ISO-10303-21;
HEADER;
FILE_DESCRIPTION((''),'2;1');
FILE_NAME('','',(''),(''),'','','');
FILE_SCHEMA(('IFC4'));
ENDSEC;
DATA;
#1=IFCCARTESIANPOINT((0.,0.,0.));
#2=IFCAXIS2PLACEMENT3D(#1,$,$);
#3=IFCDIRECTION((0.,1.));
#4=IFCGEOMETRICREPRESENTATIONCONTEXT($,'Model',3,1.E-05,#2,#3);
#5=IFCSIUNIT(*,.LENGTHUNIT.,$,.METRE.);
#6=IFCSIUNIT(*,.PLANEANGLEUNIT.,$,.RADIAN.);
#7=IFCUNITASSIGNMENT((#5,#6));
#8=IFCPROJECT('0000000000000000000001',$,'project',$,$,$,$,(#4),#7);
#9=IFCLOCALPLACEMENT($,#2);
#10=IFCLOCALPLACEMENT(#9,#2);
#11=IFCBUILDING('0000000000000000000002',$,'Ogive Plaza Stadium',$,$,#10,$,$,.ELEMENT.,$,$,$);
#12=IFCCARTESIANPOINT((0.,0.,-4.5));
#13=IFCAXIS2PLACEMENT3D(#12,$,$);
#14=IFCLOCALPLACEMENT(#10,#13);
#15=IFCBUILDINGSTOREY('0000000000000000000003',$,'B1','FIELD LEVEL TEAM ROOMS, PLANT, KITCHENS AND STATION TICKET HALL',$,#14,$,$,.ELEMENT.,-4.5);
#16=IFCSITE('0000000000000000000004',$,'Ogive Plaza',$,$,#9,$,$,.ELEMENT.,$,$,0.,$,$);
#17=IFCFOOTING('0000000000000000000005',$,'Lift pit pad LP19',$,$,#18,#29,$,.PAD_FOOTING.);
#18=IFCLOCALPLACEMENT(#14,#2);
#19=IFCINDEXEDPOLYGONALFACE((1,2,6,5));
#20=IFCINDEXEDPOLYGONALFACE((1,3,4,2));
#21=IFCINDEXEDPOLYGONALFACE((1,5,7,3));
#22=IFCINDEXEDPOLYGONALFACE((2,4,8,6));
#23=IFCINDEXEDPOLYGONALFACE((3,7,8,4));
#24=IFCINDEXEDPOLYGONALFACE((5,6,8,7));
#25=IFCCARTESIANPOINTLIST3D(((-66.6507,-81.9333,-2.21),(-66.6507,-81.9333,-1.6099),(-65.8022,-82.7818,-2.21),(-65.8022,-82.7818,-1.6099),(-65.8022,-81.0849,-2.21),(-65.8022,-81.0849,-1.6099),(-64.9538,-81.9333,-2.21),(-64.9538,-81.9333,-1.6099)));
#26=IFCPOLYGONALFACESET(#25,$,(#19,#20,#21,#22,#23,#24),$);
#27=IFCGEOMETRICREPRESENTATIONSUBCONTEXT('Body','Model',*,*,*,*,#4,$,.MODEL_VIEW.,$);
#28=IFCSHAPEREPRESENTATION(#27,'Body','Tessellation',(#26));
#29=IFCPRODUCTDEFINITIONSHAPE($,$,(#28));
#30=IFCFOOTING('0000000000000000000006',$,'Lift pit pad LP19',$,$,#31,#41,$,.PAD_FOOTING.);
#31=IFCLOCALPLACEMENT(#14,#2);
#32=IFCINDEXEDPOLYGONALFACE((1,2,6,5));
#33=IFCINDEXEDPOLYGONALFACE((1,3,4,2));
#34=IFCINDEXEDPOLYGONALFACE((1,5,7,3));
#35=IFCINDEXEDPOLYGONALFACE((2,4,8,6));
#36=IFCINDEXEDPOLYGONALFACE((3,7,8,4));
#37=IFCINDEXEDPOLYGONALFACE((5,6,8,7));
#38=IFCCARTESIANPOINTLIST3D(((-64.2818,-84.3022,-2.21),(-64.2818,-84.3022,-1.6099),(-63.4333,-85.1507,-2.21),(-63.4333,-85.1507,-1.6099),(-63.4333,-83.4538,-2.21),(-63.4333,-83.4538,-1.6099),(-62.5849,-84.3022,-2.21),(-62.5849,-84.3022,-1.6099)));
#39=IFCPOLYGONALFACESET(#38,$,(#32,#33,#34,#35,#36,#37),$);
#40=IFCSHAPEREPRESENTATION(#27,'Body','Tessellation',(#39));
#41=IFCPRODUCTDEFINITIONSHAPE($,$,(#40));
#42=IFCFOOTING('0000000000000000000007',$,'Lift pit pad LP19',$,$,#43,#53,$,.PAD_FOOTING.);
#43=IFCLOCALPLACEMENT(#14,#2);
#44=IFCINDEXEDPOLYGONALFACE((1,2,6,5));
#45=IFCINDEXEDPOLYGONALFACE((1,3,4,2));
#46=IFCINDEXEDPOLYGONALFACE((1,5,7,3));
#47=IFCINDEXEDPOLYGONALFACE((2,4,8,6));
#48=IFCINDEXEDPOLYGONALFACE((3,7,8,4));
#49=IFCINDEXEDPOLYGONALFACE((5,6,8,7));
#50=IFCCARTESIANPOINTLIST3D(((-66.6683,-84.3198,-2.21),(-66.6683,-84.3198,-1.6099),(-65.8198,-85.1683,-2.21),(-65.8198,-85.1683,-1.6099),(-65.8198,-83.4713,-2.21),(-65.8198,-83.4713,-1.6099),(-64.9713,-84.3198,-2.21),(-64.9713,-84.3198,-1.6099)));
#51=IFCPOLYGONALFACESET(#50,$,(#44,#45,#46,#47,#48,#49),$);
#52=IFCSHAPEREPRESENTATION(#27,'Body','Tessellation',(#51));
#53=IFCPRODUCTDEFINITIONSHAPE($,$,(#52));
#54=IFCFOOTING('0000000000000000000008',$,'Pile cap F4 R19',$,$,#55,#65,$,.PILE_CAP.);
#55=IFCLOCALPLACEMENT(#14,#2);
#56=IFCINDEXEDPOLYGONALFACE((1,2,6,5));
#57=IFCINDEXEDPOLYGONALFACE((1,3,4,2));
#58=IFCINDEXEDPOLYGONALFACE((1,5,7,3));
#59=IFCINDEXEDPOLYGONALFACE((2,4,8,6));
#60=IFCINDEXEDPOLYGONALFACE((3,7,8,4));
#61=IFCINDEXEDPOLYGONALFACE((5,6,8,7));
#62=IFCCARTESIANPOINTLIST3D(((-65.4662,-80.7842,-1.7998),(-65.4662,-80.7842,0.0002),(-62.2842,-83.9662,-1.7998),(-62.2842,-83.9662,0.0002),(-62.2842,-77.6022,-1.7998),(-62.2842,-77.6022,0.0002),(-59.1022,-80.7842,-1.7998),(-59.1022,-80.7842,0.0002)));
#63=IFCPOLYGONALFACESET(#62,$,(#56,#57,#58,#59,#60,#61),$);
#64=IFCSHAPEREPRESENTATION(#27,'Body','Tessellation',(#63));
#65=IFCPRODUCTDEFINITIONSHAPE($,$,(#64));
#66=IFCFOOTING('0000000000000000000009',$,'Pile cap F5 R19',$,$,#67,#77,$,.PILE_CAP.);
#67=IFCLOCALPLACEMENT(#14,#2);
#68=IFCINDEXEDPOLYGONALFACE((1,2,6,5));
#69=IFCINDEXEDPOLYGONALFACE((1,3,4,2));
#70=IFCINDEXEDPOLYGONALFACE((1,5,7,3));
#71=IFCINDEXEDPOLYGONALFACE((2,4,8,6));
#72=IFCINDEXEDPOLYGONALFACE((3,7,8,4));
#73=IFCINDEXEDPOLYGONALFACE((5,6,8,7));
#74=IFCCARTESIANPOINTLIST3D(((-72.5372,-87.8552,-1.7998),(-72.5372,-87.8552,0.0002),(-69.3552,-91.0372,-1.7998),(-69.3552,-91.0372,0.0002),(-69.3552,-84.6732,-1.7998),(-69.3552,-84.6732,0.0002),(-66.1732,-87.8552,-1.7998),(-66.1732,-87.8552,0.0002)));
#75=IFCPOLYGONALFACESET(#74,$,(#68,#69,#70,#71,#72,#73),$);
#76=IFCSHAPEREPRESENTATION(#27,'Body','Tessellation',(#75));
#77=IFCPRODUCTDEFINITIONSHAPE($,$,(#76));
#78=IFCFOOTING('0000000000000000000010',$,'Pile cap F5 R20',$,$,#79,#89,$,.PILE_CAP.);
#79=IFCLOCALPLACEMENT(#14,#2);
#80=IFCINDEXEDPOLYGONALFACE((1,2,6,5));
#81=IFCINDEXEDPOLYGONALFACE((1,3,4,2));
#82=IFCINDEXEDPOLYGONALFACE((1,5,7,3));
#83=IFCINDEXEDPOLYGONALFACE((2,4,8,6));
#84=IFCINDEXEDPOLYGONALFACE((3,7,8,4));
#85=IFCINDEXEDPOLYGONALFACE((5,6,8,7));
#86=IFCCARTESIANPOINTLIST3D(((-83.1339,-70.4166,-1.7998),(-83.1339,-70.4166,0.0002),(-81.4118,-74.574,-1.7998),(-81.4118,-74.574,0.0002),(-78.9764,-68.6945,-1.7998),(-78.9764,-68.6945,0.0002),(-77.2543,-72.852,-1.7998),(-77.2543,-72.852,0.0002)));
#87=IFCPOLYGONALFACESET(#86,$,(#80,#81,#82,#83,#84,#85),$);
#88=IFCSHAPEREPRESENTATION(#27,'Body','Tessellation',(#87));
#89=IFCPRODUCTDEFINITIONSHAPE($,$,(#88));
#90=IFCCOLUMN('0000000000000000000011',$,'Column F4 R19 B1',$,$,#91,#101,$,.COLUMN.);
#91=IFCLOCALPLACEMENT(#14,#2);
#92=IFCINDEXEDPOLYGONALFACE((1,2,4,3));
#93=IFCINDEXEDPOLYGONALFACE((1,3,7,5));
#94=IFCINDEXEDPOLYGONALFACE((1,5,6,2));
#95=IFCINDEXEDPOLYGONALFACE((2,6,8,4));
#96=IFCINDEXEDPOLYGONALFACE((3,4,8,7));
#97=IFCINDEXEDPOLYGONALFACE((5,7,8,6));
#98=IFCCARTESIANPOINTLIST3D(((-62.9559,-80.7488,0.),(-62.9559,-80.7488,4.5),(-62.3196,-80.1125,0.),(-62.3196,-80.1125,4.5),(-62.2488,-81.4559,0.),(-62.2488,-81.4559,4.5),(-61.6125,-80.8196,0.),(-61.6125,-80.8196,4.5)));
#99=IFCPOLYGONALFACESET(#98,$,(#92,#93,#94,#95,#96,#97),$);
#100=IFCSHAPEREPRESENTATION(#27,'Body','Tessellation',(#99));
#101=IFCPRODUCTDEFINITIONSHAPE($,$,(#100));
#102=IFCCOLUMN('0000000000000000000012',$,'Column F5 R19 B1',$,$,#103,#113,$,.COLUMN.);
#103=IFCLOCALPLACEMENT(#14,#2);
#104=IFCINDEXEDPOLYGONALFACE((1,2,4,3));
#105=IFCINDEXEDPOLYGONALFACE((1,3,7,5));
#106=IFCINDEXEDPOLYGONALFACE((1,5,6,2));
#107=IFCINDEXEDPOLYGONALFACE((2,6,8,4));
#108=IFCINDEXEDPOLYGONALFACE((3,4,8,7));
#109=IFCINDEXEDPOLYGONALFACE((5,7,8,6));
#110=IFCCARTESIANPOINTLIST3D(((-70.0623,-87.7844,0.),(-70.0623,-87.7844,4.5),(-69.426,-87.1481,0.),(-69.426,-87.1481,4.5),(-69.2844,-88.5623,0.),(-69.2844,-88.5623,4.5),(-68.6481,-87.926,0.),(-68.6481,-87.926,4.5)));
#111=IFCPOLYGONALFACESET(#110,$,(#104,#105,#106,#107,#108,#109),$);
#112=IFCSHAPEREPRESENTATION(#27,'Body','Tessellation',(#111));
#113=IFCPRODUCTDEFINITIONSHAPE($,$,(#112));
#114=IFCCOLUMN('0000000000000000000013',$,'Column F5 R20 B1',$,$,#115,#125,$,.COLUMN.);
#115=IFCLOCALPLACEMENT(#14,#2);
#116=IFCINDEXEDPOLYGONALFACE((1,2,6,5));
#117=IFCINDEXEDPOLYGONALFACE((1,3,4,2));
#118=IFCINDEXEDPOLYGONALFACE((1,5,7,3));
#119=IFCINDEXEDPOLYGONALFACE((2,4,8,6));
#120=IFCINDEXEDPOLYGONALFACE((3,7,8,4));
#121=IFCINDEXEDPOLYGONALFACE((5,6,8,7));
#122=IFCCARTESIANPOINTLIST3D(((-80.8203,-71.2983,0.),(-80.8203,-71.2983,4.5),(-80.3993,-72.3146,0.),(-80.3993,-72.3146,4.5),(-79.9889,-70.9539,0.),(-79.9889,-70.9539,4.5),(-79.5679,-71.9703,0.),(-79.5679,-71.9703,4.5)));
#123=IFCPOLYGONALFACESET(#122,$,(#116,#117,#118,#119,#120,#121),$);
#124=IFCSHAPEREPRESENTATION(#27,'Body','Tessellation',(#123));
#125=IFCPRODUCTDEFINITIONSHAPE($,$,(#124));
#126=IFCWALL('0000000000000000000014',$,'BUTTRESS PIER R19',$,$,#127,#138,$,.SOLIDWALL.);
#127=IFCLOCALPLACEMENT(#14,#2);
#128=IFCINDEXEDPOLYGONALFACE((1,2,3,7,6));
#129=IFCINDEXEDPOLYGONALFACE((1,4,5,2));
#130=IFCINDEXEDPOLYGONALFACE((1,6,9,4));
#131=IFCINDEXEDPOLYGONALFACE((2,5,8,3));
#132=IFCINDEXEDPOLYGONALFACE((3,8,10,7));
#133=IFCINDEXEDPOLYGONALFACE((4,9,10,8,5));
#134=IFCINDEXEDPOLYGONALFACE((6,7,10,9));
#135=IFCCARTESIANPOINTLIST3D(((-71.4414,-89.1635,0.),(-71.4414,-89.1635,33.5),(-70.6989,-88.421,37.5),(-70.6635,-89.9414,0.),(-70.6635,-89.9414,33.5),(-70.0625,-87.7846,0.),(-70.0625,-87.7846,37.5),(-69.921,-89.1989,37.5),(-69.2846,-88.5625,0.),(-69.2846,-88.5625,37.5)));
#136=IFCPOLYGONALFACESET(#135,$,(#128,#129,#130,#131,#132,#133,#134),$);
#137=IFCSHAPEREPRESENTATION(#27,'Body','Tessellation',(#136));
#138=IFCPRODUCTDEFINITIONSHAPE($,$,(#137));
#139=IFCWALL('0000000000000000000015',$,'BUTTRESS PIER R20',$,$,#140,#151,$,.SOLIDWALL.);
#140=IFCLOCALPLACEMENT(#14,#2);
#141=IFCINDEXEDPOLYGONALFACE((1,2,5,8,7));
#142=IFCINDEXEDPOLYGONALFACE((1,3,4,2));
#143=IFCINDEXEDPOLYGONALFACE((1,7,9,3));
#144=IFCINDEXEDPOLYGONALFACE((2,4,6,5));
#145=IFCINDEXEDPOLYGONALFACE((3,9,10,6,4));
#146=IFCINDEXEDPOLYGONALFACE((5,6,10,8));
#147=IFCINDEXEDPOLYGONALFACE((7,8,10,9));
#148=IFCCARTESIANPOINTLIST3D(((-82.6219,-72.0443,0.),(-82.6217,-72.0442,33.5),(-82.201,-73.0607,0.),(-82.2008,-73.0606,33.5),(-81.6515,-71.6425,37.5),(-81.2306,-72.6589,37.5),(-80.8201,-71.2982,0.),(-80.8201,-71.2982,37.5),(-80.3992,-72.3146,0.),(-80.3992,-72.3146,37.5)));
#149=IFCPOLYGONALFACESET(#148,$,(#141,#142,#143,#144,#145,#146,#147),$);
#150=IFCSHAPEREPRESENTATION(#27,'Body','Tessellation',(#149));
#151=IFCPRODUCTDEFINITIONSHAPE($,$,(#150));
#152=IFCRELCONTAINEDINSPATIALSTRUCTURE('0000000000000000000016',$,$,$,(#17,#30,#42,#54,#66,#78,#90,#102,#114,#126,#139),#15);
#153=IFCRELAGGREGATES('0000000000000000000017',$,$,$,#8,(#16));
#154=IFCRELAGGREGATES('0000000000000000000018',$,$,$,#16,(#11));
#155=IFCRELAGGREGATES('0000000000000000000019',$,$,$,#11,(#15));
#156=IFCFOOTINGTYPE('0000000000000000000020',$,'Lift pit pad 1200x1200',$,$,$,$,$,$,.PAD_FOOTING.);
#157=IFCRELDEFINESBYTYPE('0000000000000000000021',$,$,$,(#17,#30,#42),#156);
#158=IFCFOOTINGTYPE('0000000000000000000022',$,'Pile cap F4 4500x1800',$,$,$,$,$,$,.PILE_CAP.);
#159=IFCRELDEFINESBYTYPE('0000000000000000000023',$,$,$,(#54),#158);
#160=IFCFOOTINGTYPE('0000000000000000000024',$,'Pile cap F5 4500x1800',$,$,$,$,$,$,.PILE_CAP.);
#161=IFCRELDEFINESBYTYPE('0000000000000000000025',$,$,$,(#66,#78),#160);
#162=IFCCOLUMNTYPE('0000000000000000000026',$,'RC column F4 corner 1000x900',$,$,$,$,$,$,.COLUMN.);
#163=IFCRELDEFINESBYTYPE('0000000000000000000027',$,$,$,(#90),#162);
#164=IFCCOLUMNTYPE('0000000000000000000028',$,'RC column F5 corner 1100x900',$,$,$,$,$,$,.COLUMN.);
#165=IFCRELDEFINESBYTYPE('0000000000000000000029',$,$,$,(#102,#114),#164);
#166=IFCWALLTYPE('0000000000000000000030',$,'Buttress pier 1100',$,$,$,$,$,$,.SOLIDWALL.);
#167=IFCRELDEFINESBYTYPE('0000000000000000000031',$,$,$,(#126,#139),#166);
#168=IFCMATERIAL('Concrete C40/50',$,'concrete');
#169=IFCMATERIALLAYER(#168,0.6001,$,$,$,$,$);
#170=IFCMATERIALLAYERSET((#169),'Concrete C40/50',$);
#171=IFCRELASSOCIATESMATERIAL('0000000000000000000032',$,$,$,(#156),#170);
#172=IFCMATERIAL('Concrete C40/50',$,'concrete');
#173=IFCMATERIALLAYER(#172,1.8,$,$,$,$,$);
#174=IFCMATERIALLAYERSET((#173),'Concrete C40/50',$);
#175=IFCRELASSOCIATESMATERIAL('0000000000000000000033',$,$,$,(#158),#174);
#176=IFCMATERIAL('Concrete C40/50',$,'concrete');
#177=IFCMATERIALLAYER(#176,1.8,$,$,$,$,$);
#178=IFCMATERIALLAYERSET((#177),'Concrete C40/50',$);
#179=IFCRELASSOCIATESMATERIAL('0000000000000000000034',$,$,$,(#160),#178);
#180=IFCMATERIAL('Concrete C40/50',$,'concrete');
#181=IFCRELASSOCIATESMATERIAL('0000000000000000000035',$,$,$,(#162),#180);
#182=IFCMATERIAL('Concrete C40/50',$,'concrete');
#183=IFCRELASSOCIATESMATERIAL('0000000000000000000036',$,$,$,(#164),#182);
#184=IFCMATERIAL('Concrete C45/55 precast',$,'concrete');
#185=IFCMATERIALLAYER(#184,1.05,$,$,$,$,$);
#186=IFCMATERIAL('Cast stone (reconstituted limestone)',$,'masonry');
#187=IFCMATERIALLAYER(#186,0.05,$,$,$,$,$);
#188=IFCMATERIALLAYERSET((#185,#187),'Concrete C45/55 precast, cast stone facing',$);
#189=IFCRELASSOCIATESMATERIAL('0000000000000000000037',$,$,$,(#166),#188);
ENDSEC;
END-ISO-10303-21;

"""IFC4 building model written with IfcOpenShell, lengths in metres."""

from ifc_helpers import new_model, si_unit, direction, frame, origin, origin_2d, place, context, subcontext, project, spatial, polyline, rectangle, outline, extrude, material, layer, layer_set, material_profile, profile_set, type_object, element, save


model = new_model("IFC4")

# Units and contexts
model_context = context("Model", 3, precision=1e-05, world=origin(), true_north=direction((0.0, 1.0)))
body_context = subcontext(model_context, "Body", "Model", "MODEL_VIEW")
ifc_project = project(units=[si_unit("LENGTHUNIT", "METRE"), si_unit("PLANEANGLEUNIT", "RADIAN")], contexts=[model_context])

# Site, building, storey
site_placement = place(None, origin())
site = spatial("IfcSite", under=ifc_project, at=site_placement, Name="Ogive Plaza", CompositionType="ELEMENT", RefElevation=0.0)
building_placement = place(site_placement, origin())
building = spatial("IfcBuilding", under=site, at=building_placement, Name="Ogive Plaza Stadium", CompositionType="ELEMENT")
storey_placement = place(building_placement, frame((0.0, 0.0, -4.5)))
storey = spatial("IfcBuildingStorey", under=building, at=storey_placement, Name="B1", Description="FIELD LEVEL TEAM ROOMS, PLANT, KITCHENS AND STATION TICKET HALL", CompositionType="ELEMENT", Elevation=-4.5)

# Footings
ifc_material_1 = material(Name="Concrete C40/50", Category="concrete")
ifc_layer_1 = layer(ifc_material_1, 0.6001)
ifc_layer_set_1 = layer_set([ifc_layer_1], Name="Concrete C40/50")
footing_type_1 = type_object("IfcFootingType", Name="Lift pit pad 1200x1200", PredefinedType="PAD_FOOTING", material=ifc_layer_set_1)
for number, where, z_axis, x_axis, name in (
    (1, (-65.8022, -81.9333, -2.21), (0.0, 0.0, 1.0), (-0.707107, -0.707107, 0.0), "Lift pit pad LP19"),
    (2, (-63.4333, -84.3022, -2.21), (0.0, 0.0, 1.0), (-0.707107, -0.707107, 0.0), "Lift pit pad LP19"),
    (3, (-65.8198, -84.3198, -2.21), (0.0, 0.0, 1.0), (-0.707107, -0.707107, 0.0), "Lift pit pad LP19"),
):
    element("IfcFooting", number, at=place(storey_placement, frame(where, z_axis=z_axis, x_axis=x_axis)), inside=storey, type_object=footing_type_1, Name=name, PredefinedType="PAD_FOOTING", context=body_context, shape_type="SweptSolid", body=[
        extrude(rectangle(XDim=1.2, YDim=1.2, at=origin_2d()), origin(), (0.0, 0.0, 1.0), 0.6001),
    ])
ifc_material_2 = material(Name="Concrete C40/50", Category="concrete")
ifc_layer_2 = layer(ifc_material_2, 1.8)
ifc_layer_set_2 = layer_set([ifc_layer_2], Name="Concrete C40/50")
footing_type_2 = type_object("IfcFootingType", Name="Pile cap F4 4500x1800", PredefinedType="PILE_CAP", material=ifc_layer_set_2)
footing_placement = place(storey_placement, frame((-62.2842, -80.7842, -1.7998), z_axis=(0.0, 0.0, 1.0), x_axis=(-0.707107, -0.707107, 0.0)))
element("IfcFooting", 4, at=footing_placement, inside=storey, type_object=footing_type_2, Name="Pile cap F4 R19", PredefinedType="PILE_CAP", context=body_context, shape_type="SweptSolid", body=[
    extrude(rectangle(XDim=4.5, YDim=4.5, at=origin_2d()), origin(), (0.0, 0.0, 1.0), 1.8),
])
ifc_material_3 = material(Name="Concrete C40/50", Category="concrete")
ifc_layer_3 = layer(ifc_material_3, 1.8)
ifc_layer_set_3 = layer_set([ifc_layer_3], Name="Concrete C40/50")
footing_type_3 = type_object("IfcFootingType", Name="Pile cap F5 4500x1800", PredefinedType="PILE_CAP", material=ifc_layer_set_3)
for number, where, z_axis, x_axis, name in (
    (5, (-69.3552, -87.8552, -1.7998), (0.0, 0.0, 1.0), (-0.707107, -0.707107, 0.0), "Pile cap F5 R19"),
    (6, (-80.1941, -71.6343, -1.7998), (0.0, 0.0, 1.0), (-0.92388, -0.382683, 0.0), "Pile cap F5 R20"),
):
    element("IfcFooting", number, at=place(storey_placement, frame(where, z_axis=z_axis, x_axis=x_axis)), inside=storey, type_object=footing_type_3, Name=name, PredefinedType="PILE_CAP", context=body_context, shape_type="SweptSolid", body=[
        extrude(rectangle(XDim=4.5, YDim=4.5, at=origin_2d()), origin(), (0.0, 0.0, 1.0), 1.8),
    ])

# Columns
ifc_material_4 = material(Name="Concrete C40/50", Category="concrete")
ifc_material_profile_1 = material_profile(ifc_material_4, rectangle(XDim=1.0, YDim=0.8999, at=origin_2d()), Name="RC 1000x900")
ifc_profile_set_1 = profile_set([ifc_material_profile_1], Name="Concrete C40/50")
column_type_1 = type_object("IfcColumnType", Name="RC column F4 corner 1000x900", PredefinedType="COLUMN", material=ifc_profile_set_1)
column_placement = place(storey_placement, frame((-62.2842, -80.7842, 0.0), z_axis=(0.0, 0.0, 1.0), x_axis=(0.707107, -0.707107, 0.0)))
element("IfcColumn", 7, at=column_placement, inside=storey, type_object=column_type_1, Name="Column F4 R19 B1", PredefinedType="COLUMN", context=body_context, shape_type="SweptSolid", body=[
    extrude(rectangle(XDim=1.0, YDim=0.8999, at=origin_2d()), origin(), (0.0, 0.0, 1.0), 4.5),
])
ifc_material_5 = material(Name="Concrete C40/50", Category="concrete")
ifc_material_profile_2 = material_profile(ifc_material_5, rectangle(XDim=1.1001, YDim=0.8999, at=origin_2d()), Name="RC 1100x900")
ifc_profile_set_2 = profile_set([ifc_material_profile_2], Name="Concrete C40/50")
column_type_2 = type_object("IfcColumnType", Name="RC column F5 corner 1100x900", PredefinedType="COLUMN", material=ifc_profile_set_2)
for number, where, z_axis, x_axis, name in (
    (8, (-69.3552, -87.8552, 0.0), (0.0, 0.0, 1.0), (0.707107, -0.707107, 0.0), "Column F5 R19 B1"),
    (9, (-80.1941, -71.6343, 0.0), (0.0, 0.0, 1.0), (0.382683, -0.92388, 0.0), "Column F5 R20 B1"),
):
    element("IfcColumn", number, at=place(storey_placement, frame(where, z_axis=z_axis, x_axis=x_axis)), inside=storey, type_object=column_type_2, Name=name, PredefinedType="COLUMN", context=body_context, shape_type="SweptSolid", body=[
        extrude(rectangle(XDim=1.1001, YDim=0.8999, at=origin_2d()), origin(), (0.0, 0.0, 1.0), 4.5),
    ])

# Walls
ifc_material_6 = material(Name="Concrete C45/55 precast", Category="concrete")
ifc_layer_4 = layer(ifc_material_6, 1.05)
ifc_material_7 = material(Name="Cast stone (reconstituted limestone)", Category="masonry")
ifc_layer_5 = layer(ifc_material_7, 0.05)
ifc_layer_set_4 = layer_set([ifc_layer_4, ifc_layer_5], Name="Concrete C45/55 precast, cast stone facing")
wall_type_1 = type_object("IfcWallType", Name="Buttress pier 1100", PredefinedType="SOLIDWALL", material=ifc_layer_set_4)
wall_1_placement = place(storey_placement, frame((-69.6736, -88.1736, 0.0), z_axis=(0.0, 0.0, 1.0), x_axis=(-0.707107, -0.707107, 0.0)))
element("IfcWall", 10, at=wall_1_placement, inside=storey, type_object=wall_type_1, Name="BUTTRESS PIER R19", PredefinedType="SOLIDWALL", context=body_context, shape_type="SweptSolid", body=[
    extrude(outline(polyline([(0.0, 0.0), (1.95, 0.0), (1.95, 33.5), (0.8999, 37.5), (0.0, 37.5), (0.0, 0.0)])), frame((0.0, 0.55, 0.0), z_axis=(0.0, -1.0, 0.0), x_axis=(1.0, 0.0, 0.0)), (0.0, 0.0, 1.0), 1.1001),
])
wall_2_placement = place(storey_placement, frame((-80.6096, -71.8064, 0.0), z_axis=(0.0, 0.0, 1.0), x_axis=(-0.923919, -0.382588, 0.0)))
element("IfcWall", 11, at=wall_2_placement, inside=storey, type_object=wall_type_1, Name="BUTTRESS PIER R20", PredefinedType="SOLIDWALL", context=body_context, shape_type="SweptSolid", body=[
    extrude(outline(polyline([(0.0, 0.0), (1.9502, 0.0), (1.95, 33.5), (0.8999, 37.5), (0.0, 37.5), (0.0, 0.0)])), frame((0.0, 0.55, 0.0), z_axis=(0.0, -1.0, 0.0), x_axis=(1.0, 0.0, 0.0)), (0.0, 0.0, 1.0), 1.1001),
])

save(model, "model.ifc")
